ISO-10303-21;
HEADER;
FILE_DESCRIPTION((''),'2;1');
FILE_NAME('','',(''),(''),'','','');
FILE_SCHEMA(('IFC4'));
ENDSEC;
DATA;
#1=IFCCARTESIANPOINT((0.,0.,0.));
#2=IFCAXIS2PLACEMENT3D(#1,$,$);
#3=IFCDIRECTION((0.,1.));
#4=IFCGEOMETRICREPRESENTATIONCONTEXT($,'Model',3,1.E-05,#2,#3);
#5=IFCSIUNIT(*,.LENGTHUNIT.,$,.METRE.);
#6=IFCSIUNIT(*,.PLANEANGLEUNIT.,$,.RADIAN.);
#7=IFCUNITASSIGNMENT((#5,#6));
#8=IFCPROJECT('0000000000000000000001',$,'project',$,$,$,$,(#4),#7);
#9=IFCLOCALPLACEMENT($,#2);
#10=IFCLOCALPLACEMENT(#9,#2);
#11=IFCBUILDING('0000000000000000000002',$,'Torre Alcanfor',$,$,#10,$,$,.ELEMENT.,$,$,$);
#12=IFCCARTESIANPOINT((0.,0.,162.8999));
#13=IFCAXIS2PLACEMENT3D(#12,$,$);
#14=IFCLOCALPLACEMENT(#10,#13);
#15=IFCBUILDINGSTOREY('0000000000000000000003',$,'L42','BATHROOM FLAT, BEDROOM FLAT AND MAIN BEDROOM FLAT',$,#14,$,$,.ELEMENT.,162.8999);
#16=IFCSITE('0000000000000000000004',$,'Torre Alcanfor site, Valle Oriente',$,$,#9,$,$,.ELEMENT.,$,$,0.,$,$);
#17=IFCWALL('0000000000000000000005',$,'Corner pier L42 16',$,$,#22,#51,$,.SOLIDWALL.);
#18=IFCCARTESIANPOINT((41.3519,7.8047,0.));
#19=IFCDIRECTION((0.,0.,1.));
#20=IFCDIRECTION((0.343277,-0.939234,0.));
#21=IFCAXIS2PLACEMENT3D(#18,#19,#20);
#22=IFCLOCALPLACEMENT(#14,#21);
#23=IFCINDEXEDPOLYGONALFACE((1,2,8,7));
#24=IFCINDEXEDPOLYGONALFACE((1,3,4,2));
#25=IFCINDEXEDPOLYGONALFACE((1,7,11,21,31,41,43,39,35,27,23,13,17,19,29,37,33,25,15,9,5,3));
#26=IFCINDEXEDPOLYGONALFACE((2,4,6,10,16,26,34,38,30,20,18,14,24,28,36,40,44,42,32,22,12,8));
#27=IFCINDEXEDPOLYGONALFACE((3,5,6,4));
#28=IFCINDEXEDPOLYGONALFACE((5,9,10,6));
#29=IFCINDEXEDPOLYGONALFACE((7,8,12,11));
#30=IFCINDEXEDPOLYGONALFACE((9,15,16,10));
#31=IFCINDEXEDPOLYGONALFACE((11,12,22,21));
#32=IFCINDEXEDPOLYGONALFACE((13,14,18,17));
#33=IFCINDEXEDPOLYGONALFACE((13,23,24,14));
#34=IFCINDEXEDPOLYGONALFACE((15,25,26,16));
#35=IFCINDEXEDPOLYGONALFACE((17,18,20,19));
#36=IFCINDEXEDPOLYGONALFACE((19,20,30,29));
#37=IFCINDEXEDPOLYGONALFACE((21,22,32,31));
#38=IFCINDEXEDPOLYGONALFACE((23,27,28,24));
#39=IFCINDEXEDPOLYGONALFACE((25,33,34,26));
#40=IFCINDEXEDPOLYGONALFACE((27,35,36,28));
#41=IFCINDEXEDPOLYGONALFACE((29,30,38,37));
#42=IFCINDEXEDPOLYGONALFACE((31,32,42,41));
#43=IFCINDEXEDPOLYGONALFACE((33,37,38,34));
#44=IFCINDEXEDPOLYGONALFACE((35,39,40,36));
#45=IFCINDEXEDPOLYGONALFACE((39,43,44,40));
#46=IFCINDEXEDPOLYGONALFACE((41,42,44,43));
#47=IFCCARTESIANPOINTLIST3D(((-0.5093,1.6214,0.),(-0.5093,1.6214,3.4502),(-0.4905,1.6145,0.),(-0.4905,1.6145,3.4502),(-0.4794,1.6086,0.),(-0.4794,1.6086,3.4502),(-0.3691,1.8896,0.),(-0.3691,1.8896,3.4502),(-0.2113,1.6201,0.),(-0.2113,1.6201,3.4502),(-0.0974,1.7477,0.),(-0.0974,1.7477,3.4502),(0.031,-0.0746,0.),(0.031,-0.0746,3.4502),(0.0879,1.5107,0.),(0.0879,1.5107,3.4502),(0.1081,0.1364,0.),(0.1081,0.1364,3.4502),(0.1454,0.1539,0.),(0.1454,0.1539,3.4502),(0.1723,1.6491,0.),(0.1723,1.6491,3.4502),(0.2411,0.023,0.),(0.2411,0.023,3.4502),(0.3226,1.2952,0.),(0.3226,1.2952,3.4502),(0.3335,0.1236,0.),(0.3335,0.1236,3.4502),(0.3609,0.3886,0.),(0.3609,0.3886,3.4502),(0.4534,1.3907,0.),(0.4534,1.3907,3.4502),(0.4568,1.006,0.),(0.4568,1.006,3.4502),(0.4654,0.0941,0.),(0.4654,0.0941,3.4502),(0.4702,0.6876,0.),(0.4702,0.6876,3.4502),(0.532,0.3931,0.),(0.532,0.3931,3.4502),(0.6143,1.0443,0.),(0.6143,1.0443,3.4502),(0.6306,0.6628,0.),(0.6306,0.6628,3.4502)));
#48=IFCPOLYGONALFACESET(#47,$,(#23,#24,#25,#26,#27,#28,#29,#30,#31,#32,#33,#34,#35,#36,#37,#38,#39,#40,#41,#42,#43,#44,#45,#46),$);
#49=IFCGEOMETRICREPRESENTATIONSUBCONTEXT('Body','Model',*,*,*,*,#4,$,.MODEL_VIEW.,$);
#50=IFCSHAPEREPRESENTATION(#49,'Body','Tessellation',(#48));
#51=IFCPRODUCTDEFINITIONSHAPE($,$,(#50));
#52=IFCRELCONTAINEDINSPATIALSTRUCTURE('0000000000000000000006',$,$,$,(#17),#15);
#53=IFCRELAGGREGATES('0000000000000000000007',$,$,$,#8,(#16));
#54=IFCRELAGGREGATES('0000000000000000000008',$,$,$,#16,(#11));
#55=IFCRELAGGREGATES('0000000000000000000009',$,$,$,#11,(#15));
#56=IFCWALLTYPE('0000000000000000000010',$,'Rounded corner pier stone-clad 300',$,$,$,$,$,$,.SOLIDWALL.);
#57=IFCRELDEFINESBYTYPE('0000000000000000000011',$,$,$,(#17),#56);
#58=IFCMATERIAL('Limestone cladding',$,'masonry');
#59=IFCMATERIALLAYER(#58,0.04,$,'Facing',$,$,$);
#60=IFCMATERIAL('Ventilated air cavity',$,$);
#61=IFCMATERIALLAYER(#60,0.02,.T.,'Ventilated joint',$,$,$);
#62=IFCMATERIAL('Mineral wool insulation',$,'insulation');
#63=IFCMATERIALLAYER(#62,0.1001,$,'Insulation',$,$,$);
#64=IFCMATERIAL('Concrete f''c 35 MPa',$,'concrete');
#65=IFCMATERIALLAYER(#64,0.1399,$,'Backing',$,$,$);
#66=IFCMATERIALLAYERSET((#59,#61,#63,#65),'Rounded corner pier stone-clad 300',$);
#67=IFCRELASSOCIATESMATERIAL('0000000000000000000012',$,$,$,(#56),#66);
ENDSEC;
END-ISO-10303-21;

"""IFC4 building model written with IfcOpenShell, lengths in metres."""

from ifc_helpers import new_model, si_unit, direction, frame, origin, place, context, subcontext, project, spatial, polyline, outline, extrude, material, layer, layer_set, type_object, element, save


model = new_model("IFC4")

# Units and contexts
model_context = context("Model", 3, precision=1e-05, world=origin(), true_north=direction((0.0, 1.0)))
body_context = subcontext(model_context, "Body", "Model", "MODEL_VIEW")
ifc_project = project(units=[si_unit("LENGTHUNIT", "METRE"), si_unit("PLANEANGLEUNIT", "RADIAN")], contexts=[model_context])

# Site, building, storey
site_placement = place(None, origin())
site = spatial("IfcSite", under=ifc_project, at=site_placement, Name="Torre Alcanfor site, Valle Oriente", CompositionType="ELEMENT", RefElevation=0.0)
building_placement = place(site_placement, origin())
building = spatial("IfcBuilding", under=site, at=building_placement, Name="Torre Alcanfor", CompositionType="ELEMENT")
storey_placement = place(building_placement, frame((0.0, 0.0, 162.8999)))
storey = spatial("IfcBuildingStorey", under=building, at=storey_placement, Name="L42", Description="BATHROOM FLAT, BEDROOM FLAT AND MAIN BEDROOM FLAT", CompositionType="ELEMENT", Elevation=162.8999)

# Wall
ifc_material_1 = material(Name="Limestone cladding", Category="masonry")
ifc_layer_1 = layer(ifc_material_1, 0.04, Name="Facing")
ifc_material_2 = material(Name="Ventilated air cavity")
ifc_layer_2 = layer(ifc_material_2, 0.02, ventilated=True, Name="Ventilated joint")
ifc_material_3 = material(Name="Mineral wool insulation", Category="insulation")
ifc_layer_3 = layer(ifc_material_3, 0.1001, Name="Insulation")
ifc_material_4 = material(Name="Concrete f'c 35 MPa", Category="concrete")
ifc_layer_4 = layer(ifc_material_4, 0.1399, Name="Backing")
ifc_layer_set_1 = layer_set([ifc_layer_1, ifc_layer_2, ifc_layer_3, ifc_layer_4], Name="Rounded corner pier stone-clad 300")
wall_type_1 = type_object("IfcWallType", Name="Rounded corner pier stone-clad 300", PredefinedType="SOLIDWALL", material=ifc_layer_set_1)
wall_1_placement = place(storey_placement, frame((41.3519, 7.8047, 0.0), z_axis=(0.0, 0.0, 1.0), x_axis=(0.343277, -0.939234, 0.0)))
element("IfcWall", 1, at=wall_1_placement, inside=storey, type_object=wall_type_1, Name="Corner pier L42 16", PredefinedType="SOLIDWALL", context=body_context, shape_type="SweptSolid", body=[
    extrude(outline(polyline([(-0.3691, 1.8896), (-0.5093, 1.6214), (-0.4905, 1.6145), (-0.4794, 1.6086), (-0.2113, 1.6201), (0.0879, 1.5107), (0.3226, 1.2952), (0.4568, 1.006), (0.4702, 0.6876), (0.3609, 0.3886), (0.1454, 0.1539), (0.1081, 0.1364), (0.031, -0.0746), (0.2411, 0.023), (0.3335, 0.1236), (0.4654, 0.0941), (0.532, 0.3931), (0.6306, 0.6628), (0.6143, 1.0443), (0.4534, 1.3907), (0.1723, 1.6491), (-0.0974, 1.7477), (-0.3691, 1.8896)])), origin(), (0.0, 0.0, 1.0), 3.4502),
])

save(model, "model.ifc")
